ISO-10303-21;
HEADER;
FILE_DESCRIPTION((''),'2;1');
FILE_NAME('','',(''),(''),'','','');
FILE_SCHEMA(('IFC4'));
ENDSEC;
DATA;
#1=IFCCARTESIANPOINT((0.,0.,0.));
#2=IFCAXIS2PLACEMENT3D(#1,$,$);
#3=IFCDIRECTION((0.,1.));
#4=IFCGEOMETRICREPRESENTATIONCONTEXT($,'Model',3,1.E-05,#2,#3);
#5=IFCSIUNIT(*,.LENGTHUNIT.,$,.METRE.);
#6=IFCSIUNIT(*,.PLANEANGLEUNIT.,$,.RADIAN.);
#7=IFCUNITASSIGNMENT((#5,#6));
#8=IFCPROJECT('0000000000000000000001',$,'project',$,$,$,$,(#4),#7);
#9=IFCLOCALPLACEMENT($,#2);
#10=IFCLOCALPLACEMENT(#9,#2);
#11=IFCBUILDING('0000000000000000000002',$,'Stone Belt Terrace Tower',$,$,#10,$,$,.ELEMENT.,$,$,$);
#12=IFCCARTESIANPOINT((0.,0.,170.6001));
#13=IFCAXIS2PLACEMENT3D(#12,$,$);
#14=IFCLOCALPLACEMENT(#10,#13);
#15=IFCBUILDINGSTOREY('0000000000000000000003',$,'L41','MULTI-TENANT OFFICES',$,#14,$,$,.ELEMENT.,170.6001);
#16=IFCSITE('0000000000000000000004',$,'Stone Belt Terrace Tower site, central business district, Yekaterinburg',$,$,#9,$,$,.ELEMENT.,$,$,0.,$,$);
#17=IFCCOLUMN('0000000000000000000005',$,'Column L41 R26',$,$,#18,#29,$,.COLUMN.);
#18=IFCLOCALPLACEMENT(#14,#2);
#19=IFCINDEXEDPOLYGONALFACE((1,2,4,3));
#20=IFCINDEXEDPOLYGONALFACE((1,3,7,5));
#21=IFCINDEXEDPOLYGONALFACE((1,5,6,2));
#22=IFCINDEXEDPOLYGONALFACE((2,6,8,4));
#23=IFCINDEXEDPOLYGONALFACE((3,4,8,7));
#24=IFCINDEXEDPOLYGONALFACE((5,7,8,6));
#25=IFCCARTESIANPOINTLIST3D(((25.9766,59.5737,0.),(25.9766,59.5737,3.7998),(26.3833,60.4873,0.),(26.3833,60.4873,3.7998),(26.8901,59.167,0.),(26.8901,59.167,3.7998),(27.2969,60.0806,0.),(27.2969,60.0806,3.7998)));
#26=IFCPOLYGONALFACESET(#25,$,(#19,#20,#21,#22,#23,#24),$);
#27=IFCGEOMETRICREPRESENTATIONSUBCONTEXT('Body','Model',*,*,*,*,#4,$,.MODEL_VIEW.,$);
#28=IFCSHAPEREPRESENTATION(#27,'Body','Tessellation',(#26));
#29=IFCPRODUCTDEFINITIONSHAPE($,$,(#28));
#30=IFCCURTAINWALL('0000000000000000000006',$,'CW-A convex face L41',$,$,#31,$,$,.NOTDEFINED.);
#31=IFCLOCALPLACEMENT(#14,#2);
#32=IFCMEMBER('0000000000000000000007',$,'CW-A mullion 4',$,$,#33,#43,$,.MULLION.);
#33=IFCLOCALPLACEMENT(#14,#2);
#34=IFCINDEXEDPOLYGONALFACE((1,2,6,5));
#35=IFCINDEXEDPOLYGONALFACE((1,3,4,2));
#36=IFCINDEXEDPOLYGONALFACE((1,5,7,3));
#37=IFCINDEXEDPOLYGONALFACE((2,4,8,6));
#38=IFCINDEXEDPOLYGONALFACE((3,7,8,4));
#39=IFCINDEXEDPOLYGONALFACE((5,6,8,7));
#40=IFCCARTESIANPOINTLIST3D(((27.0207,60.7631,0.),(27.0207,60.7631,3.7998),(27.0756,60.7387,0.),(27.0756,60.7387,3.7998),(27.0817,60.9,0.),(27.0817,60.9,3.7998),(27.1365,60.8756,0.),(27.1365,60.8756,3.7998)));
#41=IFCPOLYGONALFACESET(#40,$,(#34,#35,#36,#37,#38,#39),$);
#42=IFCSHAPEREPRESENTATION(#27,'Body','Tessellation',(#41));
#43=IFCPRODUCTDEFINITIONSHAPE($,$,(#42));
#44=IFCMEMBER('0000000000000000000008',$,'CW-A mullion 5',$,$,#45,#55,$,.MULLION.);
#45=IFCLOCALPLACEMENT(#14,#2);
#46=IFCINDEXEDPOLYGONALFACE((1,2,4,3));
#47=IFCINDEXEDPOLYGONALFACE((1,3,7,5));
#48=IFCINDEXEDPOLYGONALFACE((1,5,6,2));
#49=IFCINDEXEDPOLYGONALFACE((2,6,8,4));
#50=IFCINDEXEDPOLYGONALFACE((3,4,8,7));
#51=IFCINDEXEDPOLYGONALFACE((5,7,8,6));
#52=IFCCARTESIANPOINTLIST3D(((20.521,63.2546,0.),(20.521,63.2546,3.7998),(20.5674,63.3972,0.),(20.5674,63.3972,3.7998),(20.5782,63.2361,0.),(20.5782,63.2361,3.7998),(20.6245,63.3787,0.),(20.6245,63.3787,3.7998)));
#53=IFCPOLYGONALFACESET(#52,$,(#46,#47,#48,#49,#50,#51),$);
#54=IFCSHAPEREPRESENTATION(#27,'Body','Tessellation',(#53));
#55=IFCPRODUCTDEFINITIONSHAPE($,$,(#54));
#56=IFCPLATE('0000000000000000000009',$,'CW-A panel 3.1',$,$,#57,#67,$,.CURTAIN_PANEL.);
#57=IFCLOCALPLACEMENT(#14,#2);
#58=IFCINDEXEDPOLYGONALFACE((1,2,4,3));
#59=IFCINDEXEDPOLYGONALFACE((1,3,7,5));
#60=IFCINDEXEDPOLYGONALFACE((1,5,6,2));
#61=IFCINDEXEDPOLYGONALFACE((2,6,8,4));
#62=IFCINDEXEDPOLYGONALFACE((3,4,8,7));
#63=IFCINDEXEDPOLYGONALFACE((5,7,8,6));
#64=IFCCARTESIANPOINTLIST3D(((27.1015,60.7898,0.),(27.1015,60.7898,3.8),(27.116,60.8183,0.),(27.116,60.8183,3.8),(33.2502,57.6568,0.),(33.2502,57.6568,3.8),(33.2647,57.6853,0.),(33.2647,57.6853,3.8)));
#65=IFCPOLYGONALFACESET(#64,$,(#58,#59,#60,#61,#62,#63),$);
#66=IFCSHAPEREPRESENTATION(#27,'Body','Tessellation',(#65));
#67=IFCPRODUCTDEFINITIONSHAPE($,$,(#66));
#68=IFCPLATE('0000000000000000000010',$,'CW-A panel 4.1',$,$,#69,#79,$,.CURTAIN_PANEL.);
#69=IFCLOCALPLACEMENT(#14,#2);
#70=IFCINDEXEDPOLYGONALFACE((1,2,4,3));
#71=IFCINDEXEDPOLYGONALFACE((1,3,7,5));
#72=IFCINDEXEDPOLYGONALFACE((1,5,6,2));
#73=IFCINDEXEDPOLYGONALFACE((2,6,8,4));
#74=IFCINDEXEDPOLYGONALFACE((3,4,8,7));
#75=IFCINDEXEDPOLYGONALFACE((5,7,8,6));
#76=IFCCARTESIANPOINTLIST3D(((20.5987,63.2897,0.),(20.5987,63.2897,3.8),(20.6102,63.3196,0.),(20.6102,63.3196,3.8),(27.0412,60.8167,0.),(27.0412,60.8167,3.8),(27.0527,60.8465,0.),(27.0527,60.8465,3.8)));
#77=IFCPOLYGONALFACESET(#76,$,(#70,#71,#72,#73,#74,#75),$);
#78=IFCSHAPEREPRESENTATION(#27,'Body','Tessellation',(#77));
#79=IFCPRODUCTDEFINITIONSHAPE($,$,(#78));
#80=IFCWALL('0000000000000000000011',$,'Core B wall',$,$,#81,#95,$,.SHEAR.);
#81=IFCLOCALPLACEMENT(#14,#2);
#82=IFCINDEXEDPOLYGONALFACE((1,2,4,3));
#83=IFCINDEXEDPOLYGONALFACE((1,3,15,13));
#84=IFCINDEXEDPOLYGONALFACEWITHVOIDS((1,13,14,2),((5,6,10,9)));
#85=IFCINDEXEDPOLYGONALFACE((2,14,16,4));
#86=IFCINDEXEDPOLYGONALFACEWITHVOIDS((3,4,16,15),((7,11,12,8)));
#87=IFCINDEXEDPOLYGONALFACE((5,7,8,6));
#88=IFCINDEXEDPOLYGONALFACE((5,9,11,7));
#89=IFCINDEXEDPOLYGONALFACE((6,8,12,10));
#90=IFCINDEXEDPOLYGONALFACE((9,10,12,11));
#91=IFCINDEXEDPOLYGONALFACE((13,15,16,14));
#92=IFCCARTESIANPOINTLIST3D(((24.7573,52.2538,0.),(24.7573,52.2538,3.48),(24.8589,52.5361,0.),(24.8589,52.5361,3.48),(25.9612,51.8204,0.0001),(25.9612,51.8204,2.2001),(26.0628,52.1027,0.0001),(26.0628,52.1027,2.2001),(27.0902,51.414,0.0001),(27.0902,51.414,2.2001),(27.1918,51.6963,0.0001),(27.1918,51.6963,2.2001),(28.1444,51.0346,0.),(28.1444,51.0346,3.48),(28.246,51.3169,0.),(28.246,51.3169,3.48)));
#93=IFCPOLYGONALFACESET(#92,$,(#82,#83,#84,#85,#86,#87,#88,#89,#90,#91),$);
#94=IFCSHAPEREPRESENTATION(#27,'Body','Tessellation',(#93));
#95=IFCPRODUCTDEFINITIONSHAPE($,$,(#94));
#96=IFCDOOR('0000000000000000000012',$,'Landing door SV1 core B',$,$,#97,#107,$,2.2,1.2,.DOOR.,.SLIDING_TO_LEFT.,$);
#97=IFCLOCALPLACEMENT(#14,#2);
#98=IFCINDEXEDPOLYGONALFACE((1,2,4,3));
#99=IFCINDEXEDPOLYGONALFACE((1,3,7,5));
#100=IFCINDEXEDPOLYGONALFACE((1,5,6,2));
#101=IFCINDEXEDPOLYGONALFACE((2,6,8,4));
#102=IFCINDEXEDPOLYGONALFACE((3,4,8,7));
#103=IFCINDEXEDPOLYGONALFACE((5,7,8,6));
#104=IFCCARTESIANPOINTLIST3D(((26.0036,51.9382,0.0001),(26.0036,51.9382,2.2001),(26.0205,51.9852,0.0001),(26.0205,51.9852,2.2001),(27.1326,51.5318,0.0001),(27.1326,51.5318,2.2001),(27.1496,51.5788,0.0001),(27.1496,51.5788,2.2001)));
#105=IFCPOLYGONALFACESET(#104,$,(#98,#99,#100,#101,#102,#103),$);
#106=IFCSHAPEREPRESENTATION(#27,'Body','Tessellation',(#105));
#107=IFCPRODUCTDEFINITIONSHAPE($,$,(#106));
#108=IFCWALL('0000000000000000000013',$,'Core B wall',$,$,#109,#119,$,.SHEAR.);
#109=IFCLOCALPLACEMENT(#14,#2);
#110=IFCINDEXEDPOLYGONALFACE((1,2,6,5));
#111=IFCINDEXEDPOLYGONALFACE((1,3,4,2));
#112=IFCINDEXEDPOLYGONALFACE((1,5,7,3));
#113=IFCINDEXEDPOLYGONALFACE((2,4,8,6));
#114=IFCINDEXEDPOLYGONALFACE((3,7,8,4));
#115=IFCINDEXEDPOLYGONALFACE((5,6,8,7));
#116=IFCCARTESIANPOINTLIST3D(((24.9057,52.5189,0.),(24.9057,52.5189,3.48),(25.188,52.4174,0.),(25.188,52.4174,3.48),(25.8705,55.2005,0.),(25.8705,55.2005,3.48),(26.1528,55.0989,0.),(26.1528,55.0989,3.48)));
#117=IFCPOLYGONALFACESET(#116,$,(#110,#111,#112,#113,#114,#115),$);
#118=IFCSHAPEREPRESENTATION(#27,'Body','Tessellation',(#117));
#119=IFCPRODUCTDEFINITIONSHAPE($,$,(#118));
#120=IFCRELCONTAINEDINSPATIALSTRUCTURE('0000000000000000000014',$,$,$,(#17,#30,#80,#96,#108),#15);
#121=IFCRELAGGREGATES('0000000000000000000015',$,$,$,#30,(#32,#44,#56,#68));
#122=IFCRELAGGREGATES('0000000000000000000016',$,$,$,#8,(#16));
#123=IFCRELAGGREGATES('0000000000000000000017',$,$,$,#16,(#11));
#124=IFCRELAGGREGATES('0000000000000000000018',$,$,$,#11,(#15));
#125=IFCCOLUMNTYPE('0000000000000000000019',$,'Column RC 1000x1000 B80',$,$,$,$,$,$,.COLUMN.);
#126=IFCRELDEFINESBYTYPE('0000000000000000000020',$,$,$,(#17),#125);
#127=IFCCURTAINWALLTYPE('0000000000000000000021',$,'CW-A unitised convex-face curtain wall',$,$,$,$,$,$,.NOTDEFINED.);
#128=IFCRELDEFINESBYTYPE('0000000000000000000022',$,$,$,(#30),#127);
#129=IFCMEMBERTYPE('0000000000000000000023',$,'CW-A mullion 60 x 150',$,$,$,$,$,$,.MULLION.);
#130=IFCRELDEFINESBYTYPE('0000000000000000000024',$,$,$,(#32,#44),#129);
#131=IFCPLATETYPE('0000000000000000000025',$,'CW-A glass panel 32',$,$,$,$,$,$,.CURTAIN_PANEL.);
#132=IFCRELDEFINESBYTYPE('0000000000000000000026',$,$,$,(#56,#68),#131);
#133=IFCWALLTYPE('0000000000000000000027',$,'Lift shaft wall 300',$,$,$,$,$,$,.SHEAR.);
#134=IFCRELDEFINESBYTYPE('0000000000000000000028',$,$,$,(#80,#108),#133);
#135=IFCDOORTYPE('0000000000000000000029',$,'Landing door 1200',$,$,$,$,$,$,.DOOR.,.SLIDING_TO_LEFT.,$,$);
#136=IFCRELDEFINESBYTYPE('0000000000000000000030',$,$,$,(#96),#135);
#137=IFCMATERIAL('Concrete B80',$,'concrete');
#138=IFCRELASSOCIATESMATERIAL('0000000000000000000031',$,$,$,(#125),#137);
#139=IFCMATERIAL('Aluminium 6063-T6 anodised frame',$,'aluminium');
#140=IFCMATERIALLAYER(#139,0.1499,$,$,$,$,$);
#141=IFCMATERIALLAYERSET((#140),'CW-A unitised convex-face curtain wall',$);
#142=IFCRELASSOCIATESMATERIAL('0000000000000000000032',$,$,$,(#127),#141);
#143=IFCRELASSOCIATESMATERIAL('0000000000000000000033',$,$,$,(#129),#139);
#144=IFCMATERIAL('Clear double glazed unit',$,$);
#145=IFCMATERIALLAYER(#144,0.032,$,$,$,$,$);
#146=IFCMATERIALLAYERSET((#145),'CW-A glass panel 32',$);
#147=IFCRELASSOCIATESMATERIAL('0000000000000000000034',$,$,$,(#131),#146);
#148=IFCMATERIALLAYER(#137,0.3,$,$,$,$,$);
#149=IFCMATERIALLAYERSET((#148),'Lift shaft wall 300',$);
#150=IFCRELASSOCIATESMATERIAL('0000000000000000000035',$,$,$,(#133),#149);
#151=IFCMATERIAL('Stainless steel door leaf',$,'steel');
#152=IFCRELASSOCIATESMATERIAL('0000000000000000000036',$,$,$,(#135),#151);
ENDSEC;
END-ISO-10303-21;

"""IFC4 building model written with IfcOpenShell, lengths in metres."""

from ifc_helpers import new_model, si_unit, direction, frame, frame_2d, origin, origin_2d, place, context, subcontext, project, spatial, rectangle, extrude, material, layer, layer_set, material_profile, profile_set, type_object, element, fill, aggregate, save


model = new_model("IFC4")

# Units and contexts
model_context = context("Model", 3, precision=1e-05, world=origin(), true_north=direction((0.0, 1.0)))
body_context = subcontext(model_context, "Body", "Model", "MODEL_VIEW")
ifc_project = project(units=[si_unit("LENGTHUNIT", "METRE"), si_unit("PLANEANGLEUNIT", "RADIAN")], contexts=[model_context])

# Site, building, storey
site_placement = place(None, origin())
site = spatial("IfcSite", under=ifc_project, at=site_placement, Name="Stone Belt Terrace Tower site, central business district, Yekaterinburg", CompositionType="ELEMENT", RefElevation=0.0)
building_placement = place(site_placement, origin())
building = spatial("IfcBuilding", under=site, at=building_placement, Name="Stone Belt Terrace Tower", CompositionType="ELEMENT")
storey_placement = place(building_placement, frame((0.0, 0.0, 170.6001)))
storey = spatial("IfcBuildingStorey", under=building, at=storey_placement, Name="L41", Description="MULTI-TENANT OFFICES", CompositionType="ELEMENT", Elevation=170.6001)

# Column
ifc_material_1 = material(Name="Concrete B80", Category="concrete")
ifc_material_profile_1 = material_profile(ifc_material_1, rectangle(XDim=1.0, YDim=1.0, at=origin_2d()), Name="RC 1000x1000")
ifc_profile_set_1 = profile_set([ifc_material_profile_1], Name="Concrete B80")
column_type = type_object("IfcColumnType", Name="Column RC 1000x1000 B80", PredefinedType="COLUMN", material=ifc_profile_set_1)
column_placement = place(storey_placement, frame((26.6367, 59.8271, 0.0), z_axis=(0.0, 0.0, 1.0), x_axis=(0.913545, -0.406737, 0.0)))
element("IfcColumn", 1, at=column_placement, inside=storey, type_object=column_type, Name="Column L41 R26", PredefinedType="COLUMN", context=body_context, shape_type="SweptSolid", body=[
    extrude(rectangle(XDim=1.0, YDim=1.0, at=origin_2d()), origin(), (0.0, 0.0, 1.0), 3.7998),
])

# Curtain wall, members, plates
ifc_material_2 = material(Name="Aluminium 6063-T6 anodised frame", Category="aluminium")
ifc_layer_1 = layer(ifc_material_2, 0.1499)
ifc_layer_set_1 = layer_set([ifc_layer_1], Name="CW-A unitised convex-face curtain wall")
curtain_wall_type = type_object("IfcCurtainWallType", Name="CW-A unitised convex-face curtain wall", PredefinedType="NOTDEFINED", material=ifc_layer_set_1)
curtain_wall_placement = place(storey_placement, origin())
curtain_wall = element("IfcCurtainWall", 2, at=curtain_wall_placement, inside=storey, type_object=curtain_wall_type, Name="CW-A convex face L41", PredefinedType="NOTDEFINED")
ifc_material_profile_2 = material_profile(ifc_material_2, rectangle(XDim=0.1499, YDim=0.0601, at=origin_2d()), Name="Aluminium 6063-T6 60x150")
ifc_profile_set_2 = profile_set([ifc_material_profile_2], Name="Aluminium 6063-T6 anodised frame")
member_type = type_object("IfcMemberType", Name="CW-A mullion 60 x 150", PredefinedType="MULLION", material=ifc_profile_set_2)
member_1_placement = place(storey_placement, frame((27.0786, 60.8193, 0.0), z_axis=(0.0, 0.0, 1.0), x_axis=(-0.406737, -0.913545, 0.0)))
member_1 = element("IfcMember", 3, at=member_1_placement, type_object=member_type, Name="CW-A mullion 4", PredefinedType="MULLION", context=body_context, shape_type="SweptSolid", body=[
    extrude(rectangle(XDim=0.1499, YDim=0.0601, at=origin_2d()), origin(), (0.0, 0.0, 1.0), 3.7998),
])
member_2_placement = place(storey_placement, frame((20.5728, 63.3167, 0.0), z_axis=(0.0, 0.0, 1.0), x_axis=(-0.309017, -0.951057, 0.0)))
member_2 = element("IfcMember", 4, at=member_2_placement, type_object=member_type, Name="CW-A mullion 5", PredefinedType="MULLION", context=body_context, shape_type="SweptSolid", body=[
    extrude(rectangle(XDim=0.1499, YDim=0.0601, at=origin_2d()), origin(), (0.0, 0.0, 1.0), 3.7998),
])
ifc_material_3 = material(Name="Clear double glazed unit")
ifc_layer_2 = layer(ifc_material_3, 0.032)
ifc_layer_set_2 = layer_set([ifc_layer_2], Name="CW-A glass panel 32")
plate_type = type_object("IfcPlateType", Name="CW-A glass panel 32", PredefinedType="CURTAIN_PANEL", material=ifc_layer_set_2)
plate_1_placement = place(storey_placement, frame((30.1831, 59.2375, 0.0), z_axis=(0.0, 0.0, 1.0), x_axis=(-0.891007, 0.45399, 0.0)))
plate_1 = element("IfcPlate", 5, at=plate_1_placement, type_object=plate_type, Name="CW-A panel 3.1", PredefinedType="CURTAIN_PANEL", context=body_context, shape_type="SweptSolid", body=[
    extrude(rectangle(XDim=6.9009, YDim=0.032, at=origin_2d()), origin(), (0.0, 0.0, 1.0), 3.8),
])
plate_2_placement = place(storey_placement, frame((23.8257, 62.0681, 0.0), z_axis=(0.0, 0.0, 1.0), x_axis=(-0.93358, 0.358368, 0.0)))
plate_2 = element("IfcPlate", 6, at=plate_2_placement, type_object=plate_type, Name="CW-A panel 4.1", PredefinedType="CURTAIN_PANEL", context=body_context, shape_type="SweptSolid", body=[
    extrude(rectangle(XDim=6.9009, YDim=0.032, at=origin_2d()), origin(), (0.0, 0.0, 1.0), 3.8),
])
aggregate(curtain_wall, [member_1, member_2, plate_1, plate_2])

# Wall, opening, door
ifc_layer_3 = layer(ifc_material_1, 0.3)
ifc_layer_set_3 = layer_set([ifc_layer_3], Name="Lift shaft wall 300")
wall_type_1 = type_object("IfcWallType", Name="Lift shaft wall 300", PredefinedType="SHEAR", material=ifc_layer_set_3)
wall_1_placement = place(storey_placement, frame((28.1951, 51.1758, 0.0), z_axis=(0.0, 0.0, 1.0), x_axis=(-0.940901, 0.338681, 0.0)))
wall_1 = element("IfcWall", 7, at=wall_1_placement, inside=storey, type_object=wall_type_1, Name="Core B wall", PredefinedType="SHEAR", context=body_context, shape_type="SweptSolid", body=[
    extrude(rectangle(XDim=3.5999, YDim=0.3, at=frame_2d((1.7998, 0.0))), origin(), (0.0, 0.0, 1.0), 3.48),
])
opening_1_placement = place(wall_1_placement, frame((1.1201, 0.0, 0.0)))
opening_1 = element("IfcOpeningElement", 8, at=opening_1_placement, cuts=wall_1, PredefinedType="OPENING", context=body_context, shape_type="SweptSolid", body=[
    extrude(rectangle(XDim=1.2, YDim=2.2, at=frame_2d((0.6001, 1.1001))), frame((0.0, 0.1599, 0.0), z_axis=(0.0, -1.0, 0.0), x_axis=(1.0, 0.0, 0.0)), (0.0, 0.0, 1.0), 0.3201),
])
ifc_material_4 = material(Name="Stainless steel door leaf", Category="steel")
door_type_1 = type_object("IfcDoorType", Name="Landing door 1200", OperationType="SLIDING_TO_LEFT", PredefinedType="DOOR", material=ifc_material_4)
door_1_placement = place(opening_1_placement, origin())
door_1 = element("IfcDoor", 9, at=door_1_placement, inside=storey, type_object=door_type_1, Name="Landing door SV1 core B", OperationType="SLIDING_TO_LEFT", OverallHeight=2.2, OverallWidth=1.2, PredefinedType="DOOR", context=body_context, shape_type="SweptSolid", body=[
    extrude(rectangle(XDim=1.2, YDim=2.2, at=frame_2d((0.6001, 1.1001))), frame((0.0, 0.0249, 0.0), z_axis=(0.0, -1.0, 0.0), x_axis=(1.0, 0.0, 0.0)), (0.0, 0.0, 1.0), 0.05),
])
fill(opening_1, door_1)

# Wall
wall_2_placement = place(storey_placement, frame((25.0469, 52.4683, 0.0), z_axis=(0.0, 0.0, 1.0), x_axis=(0.33855, 0.940949, 0.0)))
element("IfcWall", 10, at=wall_2_placement, inside=storey, type_object=wall_type_1, Name="Core B wall", PredefinedType="SHEAR", context=body_context, shape_type="SweptSolid", body=[
    extrude(rectangle(XDim=2.8499, YDim=0.3, at=frame_2d((1.4248, 0.0))), origin(), (0.0, 0.0, 1.0), 3.48),
])

save(model, "model.ifc")
